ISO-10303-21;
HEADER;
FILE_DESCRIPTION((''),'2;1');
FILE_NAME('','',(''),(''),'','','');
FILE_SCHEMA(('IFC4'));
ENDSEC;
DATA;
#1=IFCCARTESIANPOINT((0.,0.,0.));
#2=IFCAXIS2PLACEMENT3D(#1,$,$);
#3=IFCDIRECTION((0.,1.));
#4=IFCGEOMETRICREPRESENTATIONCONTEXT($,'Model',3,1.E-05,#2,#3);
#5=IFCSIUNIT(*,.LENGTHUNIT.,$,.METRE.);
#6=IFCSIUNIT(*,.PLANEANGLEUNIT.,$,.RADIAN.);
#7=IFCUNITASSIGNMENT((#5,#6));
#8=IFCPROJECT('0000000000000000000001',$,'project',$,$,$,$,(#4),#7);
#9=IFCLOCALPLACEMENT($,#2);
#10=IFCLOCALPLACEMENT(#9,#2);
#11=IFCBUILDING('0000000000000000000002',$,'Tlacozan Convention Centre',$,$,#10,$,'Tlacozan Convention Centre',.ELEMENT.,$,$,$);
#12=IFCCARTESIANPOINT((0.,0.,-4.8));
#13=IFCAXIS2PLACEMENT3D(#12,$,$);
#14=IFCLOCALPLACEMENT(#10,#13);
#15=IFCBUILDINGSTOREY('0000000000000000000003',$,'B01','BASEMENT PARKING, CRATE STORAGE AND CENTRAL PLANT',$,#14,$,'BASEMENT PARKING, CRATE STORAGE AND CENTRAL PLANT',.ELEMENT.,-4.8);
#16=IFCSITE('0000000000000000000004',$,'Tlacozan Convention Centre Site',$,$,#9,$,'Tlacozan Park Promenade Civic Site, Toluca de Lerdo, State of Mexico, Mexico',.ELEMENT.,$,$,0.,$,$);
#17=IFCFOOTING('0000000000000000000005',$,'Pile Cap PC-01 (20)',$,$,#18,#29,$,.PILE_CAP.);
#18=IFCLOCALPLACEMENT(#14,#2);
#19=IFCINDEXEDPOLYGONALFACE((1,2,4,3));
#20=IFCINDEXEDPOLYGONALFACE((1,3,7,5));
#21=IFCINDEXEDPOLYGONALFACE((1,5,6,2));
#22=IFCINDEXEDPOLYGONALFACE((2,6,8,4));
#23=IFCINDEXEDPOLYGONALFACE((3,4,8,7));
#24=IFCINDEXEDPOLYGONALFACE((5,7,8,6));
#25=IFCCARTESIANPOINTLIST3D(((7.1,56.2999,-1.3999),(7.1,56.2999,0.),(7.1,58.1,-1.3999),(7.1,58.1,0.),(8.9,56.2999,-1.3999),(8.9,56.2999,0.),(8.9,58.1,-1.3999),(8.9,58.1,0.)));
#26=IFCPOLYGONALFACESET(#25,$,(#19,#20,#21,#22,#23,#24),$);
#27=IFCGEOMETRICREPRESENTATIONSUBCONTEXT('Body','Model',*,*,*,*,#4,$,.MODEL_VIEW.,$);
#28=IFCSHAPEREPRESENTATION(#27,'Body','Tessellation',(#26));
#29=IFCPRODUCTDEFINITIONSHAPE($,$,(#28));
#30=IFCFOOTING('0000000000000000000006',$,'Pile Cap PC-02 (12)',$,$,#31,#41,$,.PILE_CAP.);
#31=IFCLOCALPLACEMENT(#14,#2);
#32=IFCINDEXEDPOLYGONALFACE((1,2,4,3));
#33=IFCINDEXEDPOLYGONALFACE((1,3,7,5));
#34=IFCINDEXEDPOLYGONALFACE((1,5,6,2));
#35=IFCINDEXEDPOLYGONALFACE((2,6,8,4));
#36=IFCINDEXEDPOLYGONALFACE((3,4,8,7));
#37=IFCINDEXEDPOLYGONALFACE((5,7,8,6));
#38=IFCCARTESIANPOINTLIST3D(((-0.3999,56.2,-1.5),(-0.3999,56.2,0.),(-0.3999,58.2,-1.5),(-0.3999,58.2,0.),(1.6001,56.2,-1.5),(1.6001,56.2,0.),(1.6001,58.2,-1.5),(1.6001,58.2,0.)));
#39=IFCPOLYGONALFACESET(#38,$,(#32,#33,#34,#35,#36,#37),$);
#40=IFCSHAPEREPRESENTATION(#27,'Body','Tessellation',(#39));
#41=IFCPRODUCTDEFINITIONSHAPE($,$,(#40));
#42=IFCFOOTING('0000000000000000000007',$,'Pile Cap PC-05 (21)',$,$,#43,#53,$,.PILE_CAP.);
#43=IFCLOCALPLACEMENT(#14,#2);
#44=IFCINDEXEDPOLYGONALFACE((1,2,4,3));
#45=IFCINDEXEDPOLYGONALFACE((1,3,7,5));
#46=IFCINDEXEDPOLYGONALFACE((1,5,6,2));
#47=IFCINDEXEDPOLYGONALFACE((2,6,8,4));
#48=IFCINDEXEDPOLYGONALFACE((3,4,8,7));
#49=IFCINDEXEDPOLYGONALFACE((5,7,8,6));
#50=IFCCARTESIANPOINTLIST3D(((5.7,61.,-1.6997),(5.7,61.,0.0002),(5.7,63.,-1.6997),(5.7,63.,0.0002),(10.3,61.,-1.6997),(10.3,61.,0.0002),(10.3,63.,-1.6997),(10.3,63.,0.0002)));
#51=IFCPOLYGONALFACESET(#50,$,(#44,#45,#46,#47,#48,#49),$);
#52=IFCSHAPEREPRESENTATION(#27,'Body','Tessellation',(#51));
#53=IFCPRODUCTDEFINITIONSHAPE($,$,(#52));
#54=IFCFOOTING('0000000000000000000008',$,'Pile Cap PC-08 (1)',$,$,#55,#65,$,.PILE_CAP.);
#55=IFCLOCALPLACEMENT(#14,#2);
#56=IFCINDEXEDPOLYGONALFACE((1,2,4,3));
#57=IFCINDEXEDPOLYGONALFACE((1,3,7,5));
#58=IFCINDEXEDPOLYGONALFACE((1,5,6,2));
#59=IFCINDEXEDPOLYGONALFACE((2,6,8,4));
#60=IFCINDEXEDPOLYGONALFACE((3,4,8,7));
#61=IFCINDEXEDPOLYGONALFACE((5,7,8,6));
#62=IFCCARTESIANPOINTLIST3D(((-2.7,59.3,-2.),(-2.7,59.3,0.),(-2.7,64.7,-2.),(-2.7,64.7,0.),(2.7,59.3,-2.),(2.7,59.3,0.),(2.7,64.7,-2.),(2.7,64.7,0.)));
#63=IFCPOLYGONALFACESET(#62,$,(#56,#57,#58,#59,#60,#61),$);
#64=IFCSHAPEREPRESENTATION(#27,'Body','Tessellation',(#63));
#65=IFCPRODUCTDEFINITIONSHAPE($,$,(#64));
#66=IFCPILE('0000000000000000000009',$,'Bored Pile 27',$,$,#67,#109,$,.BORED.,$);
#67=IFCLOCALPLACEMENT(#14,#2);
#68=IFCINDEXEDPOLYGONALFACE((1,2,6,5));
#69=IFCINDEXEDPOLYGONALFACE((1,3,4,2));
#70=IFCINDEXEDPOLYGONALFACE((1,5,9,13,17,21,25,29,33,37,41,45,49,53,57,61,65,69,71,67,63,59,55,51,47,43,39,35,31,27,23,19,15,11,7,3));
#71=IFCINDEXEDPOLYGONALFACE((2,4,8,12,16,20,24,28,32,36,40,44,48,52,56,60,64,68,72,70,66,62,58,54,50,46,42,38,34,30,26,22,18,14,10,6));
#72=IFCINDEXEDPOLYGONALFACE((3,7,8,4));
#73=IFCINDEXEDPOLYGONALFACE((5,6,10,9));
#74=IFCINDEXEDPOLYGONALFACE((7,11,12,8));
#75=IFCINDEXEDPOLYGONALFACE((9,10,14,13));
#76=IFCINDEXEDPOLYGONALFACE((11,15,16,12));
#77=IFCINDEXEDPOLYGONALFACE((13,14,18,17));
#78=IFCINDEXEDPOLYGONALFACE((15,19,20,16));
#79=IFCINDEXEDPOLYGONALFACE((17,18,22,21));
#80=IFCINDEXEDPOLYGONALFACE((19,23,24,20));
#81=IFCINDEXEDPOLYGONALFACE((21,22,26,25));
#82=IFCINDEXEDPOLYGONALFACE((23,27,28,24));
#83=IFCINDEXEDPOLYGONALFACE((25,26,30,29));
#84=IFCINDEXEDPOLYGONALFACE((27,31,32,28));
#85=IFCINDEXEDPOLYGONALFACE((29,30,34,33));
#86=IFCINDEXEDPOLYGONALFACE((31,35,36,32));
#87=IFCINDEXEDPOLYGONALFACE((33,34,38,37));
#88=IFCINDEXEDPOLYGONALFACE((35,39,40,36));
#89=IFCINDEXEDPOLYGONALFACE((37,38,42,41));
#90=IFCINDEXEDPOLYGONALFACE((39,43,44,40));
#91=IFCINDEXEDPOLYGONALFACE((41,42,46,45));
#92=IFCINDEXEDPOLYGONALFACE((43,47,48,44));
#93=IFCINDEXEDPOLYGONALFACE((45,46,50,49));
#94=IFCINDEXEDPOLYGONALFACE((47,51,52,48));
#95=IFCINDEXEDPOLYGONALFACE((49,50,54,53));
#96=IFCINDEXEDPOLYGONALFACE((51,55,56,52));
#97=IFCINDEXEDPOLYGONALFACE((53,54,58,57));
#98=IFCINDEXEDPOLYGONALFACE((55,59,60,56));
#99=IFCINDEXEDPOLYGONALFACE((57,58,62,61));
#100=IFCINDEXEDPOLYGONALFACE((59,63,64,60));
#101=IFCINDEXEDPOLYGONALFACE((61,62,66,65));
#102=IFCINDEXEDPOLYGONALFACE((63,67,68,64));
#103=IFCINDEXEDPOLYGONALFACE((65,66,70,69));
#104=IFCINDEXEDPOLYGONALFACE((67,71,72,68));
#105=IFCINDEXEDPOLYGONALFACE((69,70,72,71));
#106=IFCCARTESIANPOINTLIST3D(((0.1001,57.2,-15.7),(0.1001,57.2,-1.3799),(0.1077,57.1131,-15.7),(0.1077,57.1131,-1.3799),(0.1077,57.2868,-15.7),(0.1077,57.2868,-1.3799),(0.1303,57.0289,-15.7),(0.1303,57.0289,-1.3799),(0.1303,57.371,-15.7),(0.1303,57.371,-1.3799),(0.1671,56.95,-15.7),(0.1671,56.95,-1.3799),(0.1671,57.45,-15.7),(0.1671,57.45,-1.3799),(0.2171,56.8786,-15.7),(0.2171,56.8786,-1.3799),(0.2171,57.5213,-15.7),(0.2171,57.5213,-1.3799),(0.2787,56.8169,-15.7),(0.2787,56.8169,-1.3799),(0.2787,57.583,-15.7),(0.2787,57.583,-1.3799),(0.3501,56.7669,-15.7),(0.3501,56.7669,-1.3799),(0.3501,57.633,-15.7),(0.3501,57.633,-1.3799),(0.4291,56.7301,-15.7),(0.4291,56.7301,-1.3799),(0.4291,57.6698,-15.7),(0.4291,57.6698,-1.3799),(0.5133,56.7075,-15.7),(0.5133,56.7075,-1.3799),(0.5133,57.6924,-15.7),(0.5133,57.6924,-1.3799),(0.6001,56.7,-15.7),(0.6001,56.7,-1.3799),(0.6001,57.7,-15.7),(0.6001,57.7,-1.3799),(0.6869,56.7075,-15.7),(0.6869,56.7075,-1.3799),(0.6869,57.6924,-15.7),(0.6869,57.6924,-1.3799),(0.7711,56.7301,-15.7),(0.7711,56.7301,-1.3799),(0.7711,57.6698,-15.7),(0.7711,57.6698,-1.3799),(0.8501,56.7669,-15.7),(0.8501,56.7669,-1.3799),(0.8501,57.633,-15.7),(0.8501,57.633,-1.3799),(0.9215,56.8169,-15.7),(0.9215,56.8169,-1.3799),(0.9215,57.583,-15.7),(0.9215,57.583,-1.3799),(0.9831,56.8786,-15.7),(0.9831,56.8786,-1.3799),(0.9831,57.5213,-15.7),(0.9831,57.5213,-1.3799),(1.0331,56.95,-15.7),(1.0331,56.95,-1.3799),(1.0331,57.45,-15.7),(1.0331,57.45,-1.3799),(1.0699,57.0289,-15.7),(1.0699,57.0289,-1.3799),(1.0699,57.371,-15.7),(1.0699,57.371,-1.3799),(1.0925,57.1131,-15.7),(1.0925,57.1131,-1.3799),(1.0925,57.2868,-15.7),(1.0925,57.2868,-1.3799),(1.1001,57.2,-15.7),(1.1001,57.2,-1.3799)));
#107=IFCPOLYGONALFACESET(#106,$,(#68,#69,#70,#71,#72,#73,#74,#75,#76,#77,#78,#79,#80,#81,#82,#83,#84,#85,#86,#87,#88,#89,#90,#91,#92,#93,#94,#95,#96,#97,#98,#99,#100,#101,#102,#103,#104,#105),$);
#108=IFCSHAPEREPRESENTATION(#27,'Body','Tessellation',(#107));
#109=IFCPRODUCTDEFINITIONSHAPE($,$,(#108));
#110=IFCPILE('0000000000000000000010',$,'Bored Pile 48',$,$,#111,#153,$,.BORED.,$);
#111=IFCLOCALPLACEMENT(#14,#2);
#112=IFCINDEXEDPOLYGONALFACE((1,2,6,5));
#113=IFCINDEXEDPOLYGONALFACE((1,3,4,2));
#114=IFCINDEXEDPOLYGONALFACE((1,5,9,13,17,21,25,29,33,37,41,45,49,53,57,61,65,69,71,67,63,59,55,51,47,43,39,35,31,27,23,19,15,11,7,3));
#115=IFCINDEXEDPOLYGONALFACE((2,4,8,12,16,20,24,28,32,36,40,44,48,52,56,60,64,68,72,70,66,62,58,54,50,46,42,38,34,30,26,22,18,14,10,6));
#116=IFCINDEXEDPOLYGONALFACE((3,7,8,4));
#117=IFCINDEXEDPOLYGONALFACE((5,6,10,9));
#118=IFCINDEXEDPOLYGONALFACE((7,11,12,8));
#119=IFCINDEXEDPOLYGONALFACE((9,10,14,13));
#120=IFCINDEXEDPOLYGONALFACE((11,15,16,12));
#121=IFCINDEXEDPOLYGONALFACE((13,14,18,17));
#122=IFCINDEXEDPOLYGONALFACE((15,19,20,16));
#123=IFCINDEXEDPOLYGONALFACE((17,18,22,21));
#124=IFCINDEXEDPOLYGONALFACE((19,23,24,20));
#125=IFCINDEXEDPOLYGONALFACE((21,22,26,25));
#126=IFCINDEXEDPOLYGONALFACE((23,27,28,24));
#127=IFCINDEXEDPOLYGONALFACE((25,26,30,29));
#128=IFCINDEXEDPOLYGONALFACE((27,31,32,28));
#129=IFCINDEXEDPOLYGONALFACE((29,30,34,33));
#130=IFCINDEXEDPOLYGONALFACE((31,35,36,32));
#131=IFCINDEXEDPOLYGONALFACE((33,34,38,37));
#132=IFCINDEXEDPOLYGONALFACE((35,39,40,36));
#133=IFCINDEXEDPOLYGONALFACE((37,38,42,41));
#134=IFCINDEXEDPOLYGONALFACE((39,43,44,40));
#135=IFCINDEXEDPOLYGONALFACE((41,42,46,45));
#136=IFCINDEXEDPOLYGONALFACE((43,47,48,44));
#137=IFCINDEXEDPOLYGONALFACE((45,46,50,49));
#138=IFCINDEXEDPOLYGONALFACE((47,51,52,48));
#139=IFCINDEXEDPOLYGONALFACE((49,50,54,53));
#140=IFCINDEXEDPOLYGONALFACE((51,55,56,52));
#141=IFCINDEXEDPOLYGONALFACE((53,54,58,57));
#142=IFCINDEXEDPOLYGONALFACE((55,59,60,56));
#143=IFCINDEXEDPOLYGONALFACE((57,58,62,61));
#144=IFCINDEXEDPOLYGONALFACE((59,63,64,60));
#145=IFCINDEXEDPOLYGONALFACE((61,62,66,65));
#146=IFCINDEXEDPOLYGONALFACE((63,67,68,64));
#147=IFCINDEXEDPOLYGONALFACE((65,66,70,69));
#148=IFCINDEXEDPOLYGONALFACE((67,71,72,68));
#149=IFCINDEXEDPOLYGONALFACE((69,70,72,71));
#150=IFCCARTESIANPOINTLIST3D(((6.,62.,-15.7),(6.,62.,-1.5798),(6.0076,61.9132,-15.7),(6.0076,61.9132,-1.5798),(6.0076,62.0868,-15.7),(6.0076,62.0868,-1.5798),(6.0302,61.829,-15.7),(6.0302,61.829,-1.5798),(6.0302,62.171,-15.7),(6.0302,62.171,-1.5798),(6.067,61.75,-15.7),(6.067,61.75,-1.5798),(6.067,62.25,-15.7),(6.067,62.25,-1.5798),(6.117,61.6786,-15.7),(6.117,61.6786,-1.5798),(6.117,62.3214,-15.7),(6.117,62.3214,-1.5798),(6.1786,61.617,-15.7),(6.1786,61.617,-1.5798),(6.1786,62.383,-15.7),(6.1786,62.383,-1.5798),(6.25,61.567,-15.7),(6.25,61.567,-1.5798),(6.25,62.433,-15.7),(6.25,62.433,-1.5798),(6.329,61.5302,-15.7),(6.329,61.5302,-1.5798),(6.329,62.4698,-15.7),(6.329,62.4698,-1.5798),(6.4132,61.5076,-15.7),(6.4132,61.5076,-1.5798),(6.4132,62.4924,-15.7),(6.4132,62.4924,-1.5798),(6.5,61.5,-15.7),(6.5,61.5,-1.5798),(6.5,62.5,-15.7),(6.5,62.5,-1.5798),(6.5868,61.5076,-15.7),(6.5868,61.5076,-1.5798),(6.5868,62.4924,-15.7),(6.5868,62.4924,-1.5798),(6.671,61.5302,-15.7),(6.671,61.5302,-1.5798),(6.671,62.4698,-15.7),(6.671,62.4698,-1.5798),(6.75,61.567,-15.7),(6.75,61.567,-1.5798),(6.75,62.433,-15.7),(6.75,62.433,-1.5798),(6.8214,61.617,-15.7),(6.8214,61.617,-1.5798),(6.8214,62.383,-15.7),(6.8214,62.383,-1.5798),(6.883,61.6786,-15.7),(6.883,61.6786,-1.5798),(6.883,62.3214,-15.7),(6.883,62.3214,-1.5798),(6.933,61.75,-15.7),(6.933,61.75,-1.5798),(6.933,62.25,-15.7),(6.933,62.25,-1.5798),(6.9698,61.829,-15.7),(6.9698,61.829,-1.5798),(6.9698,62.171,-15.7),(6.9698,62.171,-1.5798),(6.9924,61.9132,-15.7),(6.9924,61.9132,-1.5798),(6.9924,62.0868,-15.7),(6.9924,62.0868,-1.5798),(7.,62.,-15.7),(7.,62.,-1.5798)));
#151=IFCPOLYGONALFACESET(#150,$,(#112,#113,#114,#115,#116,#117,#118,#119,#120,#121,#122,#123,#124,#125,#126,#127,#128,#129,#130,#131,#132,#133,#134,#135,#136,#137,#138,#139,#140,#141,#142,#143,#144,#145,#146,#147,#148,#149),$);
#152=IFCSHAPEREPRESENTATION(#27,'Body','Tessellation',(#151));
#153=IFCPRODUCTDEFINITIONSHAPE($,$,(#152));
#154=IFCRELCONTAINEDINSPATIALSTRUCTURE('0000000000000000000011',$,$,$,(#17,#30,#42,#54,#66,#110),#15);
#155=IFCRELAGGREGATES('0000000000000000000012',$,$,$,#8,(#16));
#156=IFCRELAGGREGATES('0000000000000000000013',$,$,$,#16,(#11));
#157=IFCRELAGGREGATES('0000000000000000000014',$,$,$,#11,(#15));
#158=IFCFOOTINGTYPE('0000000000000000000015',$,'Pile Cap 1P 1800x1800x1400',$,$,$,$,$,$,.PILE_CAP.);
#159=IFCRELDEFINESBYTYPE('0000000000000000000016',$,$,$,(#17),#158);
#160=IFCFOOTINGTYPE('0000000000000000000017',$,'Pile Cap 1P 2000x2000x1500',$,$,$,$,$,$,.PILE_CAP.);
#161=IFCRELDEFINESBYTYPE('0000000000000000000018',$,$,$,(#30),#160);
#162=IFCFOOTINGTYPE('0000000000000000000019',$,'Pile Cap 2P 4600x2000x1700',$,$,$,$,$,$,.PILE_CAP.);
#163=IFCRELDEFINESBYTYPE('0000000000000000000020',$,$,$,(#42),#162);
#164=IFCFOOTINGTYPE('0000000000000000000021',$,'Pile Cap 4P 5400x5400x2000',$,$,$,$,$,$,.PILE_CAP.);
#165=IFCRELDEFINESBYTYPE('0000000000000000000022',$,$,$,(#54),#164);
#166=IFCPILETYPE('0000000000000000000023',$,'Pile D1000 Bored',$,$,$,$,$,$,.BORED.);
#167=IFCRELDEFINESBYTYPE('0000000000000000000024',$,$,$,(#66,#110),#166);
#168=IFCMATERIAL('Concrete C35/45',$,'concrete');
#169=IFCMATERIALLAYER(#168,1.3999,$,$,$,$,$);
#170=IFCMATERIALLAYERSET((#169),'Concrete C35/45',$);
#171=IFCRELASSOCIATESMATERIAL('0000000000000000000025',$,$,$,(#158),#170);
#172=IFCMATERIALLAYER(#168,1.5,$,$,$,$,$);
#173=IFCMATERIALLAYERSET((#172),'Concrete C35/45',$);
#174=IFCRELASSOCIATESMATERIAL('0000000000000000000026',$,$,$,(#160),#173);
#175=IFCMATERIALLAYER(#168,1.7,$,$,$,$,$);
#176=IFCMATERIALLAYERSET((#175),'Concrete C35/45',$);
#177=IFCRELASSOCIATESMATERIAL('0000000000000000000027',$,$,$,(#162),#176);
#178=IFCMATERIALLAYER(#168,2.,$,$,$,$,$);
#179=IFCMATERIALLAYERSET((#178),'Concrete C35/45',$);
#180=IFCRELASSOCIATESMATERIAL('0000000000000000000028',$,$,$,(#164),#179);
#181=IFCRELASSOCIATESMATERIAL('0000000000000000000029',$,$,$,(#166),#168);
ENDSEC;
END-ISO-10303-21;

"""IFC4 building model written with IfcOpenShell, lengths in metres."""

from ifc_helpers import new_model, si_unit, direction, frame, origin, origin_2d, place, context, subcontext, project, spatial, rectangle, circle, extrude, material, layer, layer_set, material_profile, profile_set, type_object, element, save


model = new_model("IFC4")

# Units and contexts
model_context = context("Model", 3, precision=1e-05, world=origin(), true_north=direction((0.0, 1.0)))
body_context = subcontext(model_context, "Body", "Model", "MODEL_VIEW")
ifc_project = project(units=[si_unit("LENGTHUNIT", "METRE"), si_unit("PLANEANGLEUNIT", "RADIAN")], contexts=[model_context])

# Site, building, storey
site_placement = place(None, origin())
site = spatial("IfcSite", under=ifc_project, at=site_placement, Name="Tlacozan Convention Centre Site", LongName="Tlacozan Park Promenade Civic Site, Toluca de Lerdo, State of Mexico, Mexico", CompositionType="ELEMENT", RefElevation=0.0)
building_placement = place(site_placement, origin())
building = spatial("IfcBuilding", under=site, at=building_placement, Name="Tlacozan Convention Centre", LongName="Tlacozan Convention Centre", CompositionType="ELEMENT")
storey_placement = place(building_placement, frame((0.0, 0.0, -4.8)))
storey = spatial("IfcBuildingStorey", under=building, at=storey_placement, Name="B01", Description="BASEMENT PARKING, CRATE STORAGE AND CENTRAL PLANT", LongName="BASEMENT PARKING, CRATE STORAGE AND CENTRAL PLANT", CompositionType="ELEMENT", Elevation=-4.8)

# Footings
ifc_material_1 = material(Name="Concrete C35/45", Category="concrete")
ifc_layer_1 = layer(ifc_material_1, 1.3999)
ifc_layer_set_1 = layer_set([ifc_layer_1], Name="Concrete C35/45")
footing_type_1 = type_object("IfcFootingType", Name="Pile Cap 1P 1800x1800x1400", PredefinedType="PILE_CAP", material=ifc_layer_set_1)
footing_1_placement = place(storey_placement, frame((8.0, 57.2, -1.3999), z_axis=(0.0, 0.0, 1.0), x_axis=(1.0, 0.0, 0.0)))
element("IfcFooting", 1, at=footing_1_placement, inside=storey, type_object=footing_type_1, Name="Pile Cap PC-01 (20)", PredefinedType="PILE_CAP", context=body_context, shape_type="SweptSolid", body=[
    extrude(rectangle(XDim=1.8, YDim=1.8, at=origin_2d()), origin(), (0.0, 0.0, 1.0), 1.3999),
])
ifc_layer_2 = layer(ifc_material_1, 1.5)
ifc_layer_set_2 = layer_set([ifc_layer_2], Name="Concrete C35/45")
footing_type_2 = type_object("IfcFootingType", Name="Pile Cap 1P 2000x2000x1500", PredefinedType="PILE_CAP", material=ifc_layer_set_2)
footing_2_placement = place(storey_placement, frame((0.6001, 57.2, -1.5), z_axis=(0.0, 0.0, 1.0), x_axis=(1.0, 0.0, 0.0)))
element("IfcFooting", 2, at=footing_2_placement, inside=storey, type_object=footing_type_2, Name="Pile Cap PC-02 (12)", PredefinedType="PILE_CAP", context=body_context, shape_type="SweptSolid", body=[
    extrude(rectangle(XDim=2.0, YDim=2.0, at=origin_2d()), origin(), (0.0, 0.0, 1.0), 1.5),
])
ifc_layer_3 = layer(ifc_material_1, 1.7)
ifc_layer_set_3 = layer_set([ifc_layer_3], Name="Concrete C35/45")
footing_type_3 = type_object("IfcFootingType", Name="Pile Cap 2P 4600x2000x1700", PredefinedType="PILE_CAP", material=ifc_layer_set_3)
footing_3_placement = place(storey_placement, frame((8.0, 62.0, -1.6997), z_axis=(0.0, 0.0, 1.0), x_axis=(1.0, 0.0, 0.0)))
element("IfcFooting", 3, at=footing_3_placement, inside=storey, type_object=footing_type_3, Name="Pile Cap PC-05 (21)", PredefinedType="PILE_CAP", context=body_context, shape_type="SweptSolid", body=[
    extrude(rectangle(XDim=4.6001, YDim=2.0, at=origin_2d()), origin(), (0.0, 0.0, 1.0), 1.7),
])
ifc_layer_4 = layer(ifc_material_1, 2.0)
ifc_layer_set_4 = layer_set([ifc_layer_4], Name="Concrete C35/45")
footing_type_4 = type_object("IfcFootingType", Name="Pile Cap 4P 5400x5400x2000", PredefinedType="PILE_CAP", material=ifc_layer_set_4)
footing_4_placement = place(storey_placement, frame((0.0, 62.0, -2.0), z_axis=(0.0, 0.0, 1.0), x_axis=(1.0, 0.0, 0.0)))
element("IfcFooting", 4, at=footing_4_placement, inside=storey, type_object=footing_type_4, Name="Pile Cap PC-08 (1)", PredefinedType="PILE_CAP", context=body_context, shape_type="SweptSolid", body=[
    extrude(rectangle(XDim=5.3999, YDim=5.3999, at=origin_2d()), origin(), (0.0, 0.0, 1.0), 2.0),
])

# Piles
ifc_material_profile_1 = material_profile(ifc_material_1, circle(Radius=0.5, at=origin_2d()), Name="PILE D1000")
ifc_profile_set_1 = profile_set([ifc_material_profile_1], Name="Concrete C35/45")
pile_type_1 = type_object("IfcPileType", Name="Pile D1000 Bored", PredefinedType="BORED", material=ifc_profile_set_1)
pile_1_placement = place(storey_placement, frame((0.6001, 57.2, -1.3799), z_axis=(0.0, 0.0, -1.0), x_axis=(1.0, 0.0, 0.0)))
element("IfcPile", 5, at=pile_1_placement, inside=storey, type_object=pile_type_1, Name="Bored Pile 27", PredefinedType="BORED", context=body_context, shape_type="SweptSolid", body=[
    extrude(circle(Radius=0.5, at=origin_2d()), origin(), (0.0, 0.0, 1.0), 14.3201),
])
pile_2_placement = place(storey_placement, frame((6.5, 62.0, -1.5798), z_axis=(0.0, 0.0, -1.0), x_axis=(1.0, 0.0, 0.0)))
element("IfcPile", 6, at=pile_2_placement, inside=storey, type_object=pile_type_1, Name="Bored Pile 48", PredefinedType="BORED", context=body_context, shape_type="SweptSolid", body=[
    extrude(circle(Radius=0.5, at=origin_2d()), origin(), (0.0, 0.0, 1.0), 14.1201),
])

save(model, "model.ifc")
